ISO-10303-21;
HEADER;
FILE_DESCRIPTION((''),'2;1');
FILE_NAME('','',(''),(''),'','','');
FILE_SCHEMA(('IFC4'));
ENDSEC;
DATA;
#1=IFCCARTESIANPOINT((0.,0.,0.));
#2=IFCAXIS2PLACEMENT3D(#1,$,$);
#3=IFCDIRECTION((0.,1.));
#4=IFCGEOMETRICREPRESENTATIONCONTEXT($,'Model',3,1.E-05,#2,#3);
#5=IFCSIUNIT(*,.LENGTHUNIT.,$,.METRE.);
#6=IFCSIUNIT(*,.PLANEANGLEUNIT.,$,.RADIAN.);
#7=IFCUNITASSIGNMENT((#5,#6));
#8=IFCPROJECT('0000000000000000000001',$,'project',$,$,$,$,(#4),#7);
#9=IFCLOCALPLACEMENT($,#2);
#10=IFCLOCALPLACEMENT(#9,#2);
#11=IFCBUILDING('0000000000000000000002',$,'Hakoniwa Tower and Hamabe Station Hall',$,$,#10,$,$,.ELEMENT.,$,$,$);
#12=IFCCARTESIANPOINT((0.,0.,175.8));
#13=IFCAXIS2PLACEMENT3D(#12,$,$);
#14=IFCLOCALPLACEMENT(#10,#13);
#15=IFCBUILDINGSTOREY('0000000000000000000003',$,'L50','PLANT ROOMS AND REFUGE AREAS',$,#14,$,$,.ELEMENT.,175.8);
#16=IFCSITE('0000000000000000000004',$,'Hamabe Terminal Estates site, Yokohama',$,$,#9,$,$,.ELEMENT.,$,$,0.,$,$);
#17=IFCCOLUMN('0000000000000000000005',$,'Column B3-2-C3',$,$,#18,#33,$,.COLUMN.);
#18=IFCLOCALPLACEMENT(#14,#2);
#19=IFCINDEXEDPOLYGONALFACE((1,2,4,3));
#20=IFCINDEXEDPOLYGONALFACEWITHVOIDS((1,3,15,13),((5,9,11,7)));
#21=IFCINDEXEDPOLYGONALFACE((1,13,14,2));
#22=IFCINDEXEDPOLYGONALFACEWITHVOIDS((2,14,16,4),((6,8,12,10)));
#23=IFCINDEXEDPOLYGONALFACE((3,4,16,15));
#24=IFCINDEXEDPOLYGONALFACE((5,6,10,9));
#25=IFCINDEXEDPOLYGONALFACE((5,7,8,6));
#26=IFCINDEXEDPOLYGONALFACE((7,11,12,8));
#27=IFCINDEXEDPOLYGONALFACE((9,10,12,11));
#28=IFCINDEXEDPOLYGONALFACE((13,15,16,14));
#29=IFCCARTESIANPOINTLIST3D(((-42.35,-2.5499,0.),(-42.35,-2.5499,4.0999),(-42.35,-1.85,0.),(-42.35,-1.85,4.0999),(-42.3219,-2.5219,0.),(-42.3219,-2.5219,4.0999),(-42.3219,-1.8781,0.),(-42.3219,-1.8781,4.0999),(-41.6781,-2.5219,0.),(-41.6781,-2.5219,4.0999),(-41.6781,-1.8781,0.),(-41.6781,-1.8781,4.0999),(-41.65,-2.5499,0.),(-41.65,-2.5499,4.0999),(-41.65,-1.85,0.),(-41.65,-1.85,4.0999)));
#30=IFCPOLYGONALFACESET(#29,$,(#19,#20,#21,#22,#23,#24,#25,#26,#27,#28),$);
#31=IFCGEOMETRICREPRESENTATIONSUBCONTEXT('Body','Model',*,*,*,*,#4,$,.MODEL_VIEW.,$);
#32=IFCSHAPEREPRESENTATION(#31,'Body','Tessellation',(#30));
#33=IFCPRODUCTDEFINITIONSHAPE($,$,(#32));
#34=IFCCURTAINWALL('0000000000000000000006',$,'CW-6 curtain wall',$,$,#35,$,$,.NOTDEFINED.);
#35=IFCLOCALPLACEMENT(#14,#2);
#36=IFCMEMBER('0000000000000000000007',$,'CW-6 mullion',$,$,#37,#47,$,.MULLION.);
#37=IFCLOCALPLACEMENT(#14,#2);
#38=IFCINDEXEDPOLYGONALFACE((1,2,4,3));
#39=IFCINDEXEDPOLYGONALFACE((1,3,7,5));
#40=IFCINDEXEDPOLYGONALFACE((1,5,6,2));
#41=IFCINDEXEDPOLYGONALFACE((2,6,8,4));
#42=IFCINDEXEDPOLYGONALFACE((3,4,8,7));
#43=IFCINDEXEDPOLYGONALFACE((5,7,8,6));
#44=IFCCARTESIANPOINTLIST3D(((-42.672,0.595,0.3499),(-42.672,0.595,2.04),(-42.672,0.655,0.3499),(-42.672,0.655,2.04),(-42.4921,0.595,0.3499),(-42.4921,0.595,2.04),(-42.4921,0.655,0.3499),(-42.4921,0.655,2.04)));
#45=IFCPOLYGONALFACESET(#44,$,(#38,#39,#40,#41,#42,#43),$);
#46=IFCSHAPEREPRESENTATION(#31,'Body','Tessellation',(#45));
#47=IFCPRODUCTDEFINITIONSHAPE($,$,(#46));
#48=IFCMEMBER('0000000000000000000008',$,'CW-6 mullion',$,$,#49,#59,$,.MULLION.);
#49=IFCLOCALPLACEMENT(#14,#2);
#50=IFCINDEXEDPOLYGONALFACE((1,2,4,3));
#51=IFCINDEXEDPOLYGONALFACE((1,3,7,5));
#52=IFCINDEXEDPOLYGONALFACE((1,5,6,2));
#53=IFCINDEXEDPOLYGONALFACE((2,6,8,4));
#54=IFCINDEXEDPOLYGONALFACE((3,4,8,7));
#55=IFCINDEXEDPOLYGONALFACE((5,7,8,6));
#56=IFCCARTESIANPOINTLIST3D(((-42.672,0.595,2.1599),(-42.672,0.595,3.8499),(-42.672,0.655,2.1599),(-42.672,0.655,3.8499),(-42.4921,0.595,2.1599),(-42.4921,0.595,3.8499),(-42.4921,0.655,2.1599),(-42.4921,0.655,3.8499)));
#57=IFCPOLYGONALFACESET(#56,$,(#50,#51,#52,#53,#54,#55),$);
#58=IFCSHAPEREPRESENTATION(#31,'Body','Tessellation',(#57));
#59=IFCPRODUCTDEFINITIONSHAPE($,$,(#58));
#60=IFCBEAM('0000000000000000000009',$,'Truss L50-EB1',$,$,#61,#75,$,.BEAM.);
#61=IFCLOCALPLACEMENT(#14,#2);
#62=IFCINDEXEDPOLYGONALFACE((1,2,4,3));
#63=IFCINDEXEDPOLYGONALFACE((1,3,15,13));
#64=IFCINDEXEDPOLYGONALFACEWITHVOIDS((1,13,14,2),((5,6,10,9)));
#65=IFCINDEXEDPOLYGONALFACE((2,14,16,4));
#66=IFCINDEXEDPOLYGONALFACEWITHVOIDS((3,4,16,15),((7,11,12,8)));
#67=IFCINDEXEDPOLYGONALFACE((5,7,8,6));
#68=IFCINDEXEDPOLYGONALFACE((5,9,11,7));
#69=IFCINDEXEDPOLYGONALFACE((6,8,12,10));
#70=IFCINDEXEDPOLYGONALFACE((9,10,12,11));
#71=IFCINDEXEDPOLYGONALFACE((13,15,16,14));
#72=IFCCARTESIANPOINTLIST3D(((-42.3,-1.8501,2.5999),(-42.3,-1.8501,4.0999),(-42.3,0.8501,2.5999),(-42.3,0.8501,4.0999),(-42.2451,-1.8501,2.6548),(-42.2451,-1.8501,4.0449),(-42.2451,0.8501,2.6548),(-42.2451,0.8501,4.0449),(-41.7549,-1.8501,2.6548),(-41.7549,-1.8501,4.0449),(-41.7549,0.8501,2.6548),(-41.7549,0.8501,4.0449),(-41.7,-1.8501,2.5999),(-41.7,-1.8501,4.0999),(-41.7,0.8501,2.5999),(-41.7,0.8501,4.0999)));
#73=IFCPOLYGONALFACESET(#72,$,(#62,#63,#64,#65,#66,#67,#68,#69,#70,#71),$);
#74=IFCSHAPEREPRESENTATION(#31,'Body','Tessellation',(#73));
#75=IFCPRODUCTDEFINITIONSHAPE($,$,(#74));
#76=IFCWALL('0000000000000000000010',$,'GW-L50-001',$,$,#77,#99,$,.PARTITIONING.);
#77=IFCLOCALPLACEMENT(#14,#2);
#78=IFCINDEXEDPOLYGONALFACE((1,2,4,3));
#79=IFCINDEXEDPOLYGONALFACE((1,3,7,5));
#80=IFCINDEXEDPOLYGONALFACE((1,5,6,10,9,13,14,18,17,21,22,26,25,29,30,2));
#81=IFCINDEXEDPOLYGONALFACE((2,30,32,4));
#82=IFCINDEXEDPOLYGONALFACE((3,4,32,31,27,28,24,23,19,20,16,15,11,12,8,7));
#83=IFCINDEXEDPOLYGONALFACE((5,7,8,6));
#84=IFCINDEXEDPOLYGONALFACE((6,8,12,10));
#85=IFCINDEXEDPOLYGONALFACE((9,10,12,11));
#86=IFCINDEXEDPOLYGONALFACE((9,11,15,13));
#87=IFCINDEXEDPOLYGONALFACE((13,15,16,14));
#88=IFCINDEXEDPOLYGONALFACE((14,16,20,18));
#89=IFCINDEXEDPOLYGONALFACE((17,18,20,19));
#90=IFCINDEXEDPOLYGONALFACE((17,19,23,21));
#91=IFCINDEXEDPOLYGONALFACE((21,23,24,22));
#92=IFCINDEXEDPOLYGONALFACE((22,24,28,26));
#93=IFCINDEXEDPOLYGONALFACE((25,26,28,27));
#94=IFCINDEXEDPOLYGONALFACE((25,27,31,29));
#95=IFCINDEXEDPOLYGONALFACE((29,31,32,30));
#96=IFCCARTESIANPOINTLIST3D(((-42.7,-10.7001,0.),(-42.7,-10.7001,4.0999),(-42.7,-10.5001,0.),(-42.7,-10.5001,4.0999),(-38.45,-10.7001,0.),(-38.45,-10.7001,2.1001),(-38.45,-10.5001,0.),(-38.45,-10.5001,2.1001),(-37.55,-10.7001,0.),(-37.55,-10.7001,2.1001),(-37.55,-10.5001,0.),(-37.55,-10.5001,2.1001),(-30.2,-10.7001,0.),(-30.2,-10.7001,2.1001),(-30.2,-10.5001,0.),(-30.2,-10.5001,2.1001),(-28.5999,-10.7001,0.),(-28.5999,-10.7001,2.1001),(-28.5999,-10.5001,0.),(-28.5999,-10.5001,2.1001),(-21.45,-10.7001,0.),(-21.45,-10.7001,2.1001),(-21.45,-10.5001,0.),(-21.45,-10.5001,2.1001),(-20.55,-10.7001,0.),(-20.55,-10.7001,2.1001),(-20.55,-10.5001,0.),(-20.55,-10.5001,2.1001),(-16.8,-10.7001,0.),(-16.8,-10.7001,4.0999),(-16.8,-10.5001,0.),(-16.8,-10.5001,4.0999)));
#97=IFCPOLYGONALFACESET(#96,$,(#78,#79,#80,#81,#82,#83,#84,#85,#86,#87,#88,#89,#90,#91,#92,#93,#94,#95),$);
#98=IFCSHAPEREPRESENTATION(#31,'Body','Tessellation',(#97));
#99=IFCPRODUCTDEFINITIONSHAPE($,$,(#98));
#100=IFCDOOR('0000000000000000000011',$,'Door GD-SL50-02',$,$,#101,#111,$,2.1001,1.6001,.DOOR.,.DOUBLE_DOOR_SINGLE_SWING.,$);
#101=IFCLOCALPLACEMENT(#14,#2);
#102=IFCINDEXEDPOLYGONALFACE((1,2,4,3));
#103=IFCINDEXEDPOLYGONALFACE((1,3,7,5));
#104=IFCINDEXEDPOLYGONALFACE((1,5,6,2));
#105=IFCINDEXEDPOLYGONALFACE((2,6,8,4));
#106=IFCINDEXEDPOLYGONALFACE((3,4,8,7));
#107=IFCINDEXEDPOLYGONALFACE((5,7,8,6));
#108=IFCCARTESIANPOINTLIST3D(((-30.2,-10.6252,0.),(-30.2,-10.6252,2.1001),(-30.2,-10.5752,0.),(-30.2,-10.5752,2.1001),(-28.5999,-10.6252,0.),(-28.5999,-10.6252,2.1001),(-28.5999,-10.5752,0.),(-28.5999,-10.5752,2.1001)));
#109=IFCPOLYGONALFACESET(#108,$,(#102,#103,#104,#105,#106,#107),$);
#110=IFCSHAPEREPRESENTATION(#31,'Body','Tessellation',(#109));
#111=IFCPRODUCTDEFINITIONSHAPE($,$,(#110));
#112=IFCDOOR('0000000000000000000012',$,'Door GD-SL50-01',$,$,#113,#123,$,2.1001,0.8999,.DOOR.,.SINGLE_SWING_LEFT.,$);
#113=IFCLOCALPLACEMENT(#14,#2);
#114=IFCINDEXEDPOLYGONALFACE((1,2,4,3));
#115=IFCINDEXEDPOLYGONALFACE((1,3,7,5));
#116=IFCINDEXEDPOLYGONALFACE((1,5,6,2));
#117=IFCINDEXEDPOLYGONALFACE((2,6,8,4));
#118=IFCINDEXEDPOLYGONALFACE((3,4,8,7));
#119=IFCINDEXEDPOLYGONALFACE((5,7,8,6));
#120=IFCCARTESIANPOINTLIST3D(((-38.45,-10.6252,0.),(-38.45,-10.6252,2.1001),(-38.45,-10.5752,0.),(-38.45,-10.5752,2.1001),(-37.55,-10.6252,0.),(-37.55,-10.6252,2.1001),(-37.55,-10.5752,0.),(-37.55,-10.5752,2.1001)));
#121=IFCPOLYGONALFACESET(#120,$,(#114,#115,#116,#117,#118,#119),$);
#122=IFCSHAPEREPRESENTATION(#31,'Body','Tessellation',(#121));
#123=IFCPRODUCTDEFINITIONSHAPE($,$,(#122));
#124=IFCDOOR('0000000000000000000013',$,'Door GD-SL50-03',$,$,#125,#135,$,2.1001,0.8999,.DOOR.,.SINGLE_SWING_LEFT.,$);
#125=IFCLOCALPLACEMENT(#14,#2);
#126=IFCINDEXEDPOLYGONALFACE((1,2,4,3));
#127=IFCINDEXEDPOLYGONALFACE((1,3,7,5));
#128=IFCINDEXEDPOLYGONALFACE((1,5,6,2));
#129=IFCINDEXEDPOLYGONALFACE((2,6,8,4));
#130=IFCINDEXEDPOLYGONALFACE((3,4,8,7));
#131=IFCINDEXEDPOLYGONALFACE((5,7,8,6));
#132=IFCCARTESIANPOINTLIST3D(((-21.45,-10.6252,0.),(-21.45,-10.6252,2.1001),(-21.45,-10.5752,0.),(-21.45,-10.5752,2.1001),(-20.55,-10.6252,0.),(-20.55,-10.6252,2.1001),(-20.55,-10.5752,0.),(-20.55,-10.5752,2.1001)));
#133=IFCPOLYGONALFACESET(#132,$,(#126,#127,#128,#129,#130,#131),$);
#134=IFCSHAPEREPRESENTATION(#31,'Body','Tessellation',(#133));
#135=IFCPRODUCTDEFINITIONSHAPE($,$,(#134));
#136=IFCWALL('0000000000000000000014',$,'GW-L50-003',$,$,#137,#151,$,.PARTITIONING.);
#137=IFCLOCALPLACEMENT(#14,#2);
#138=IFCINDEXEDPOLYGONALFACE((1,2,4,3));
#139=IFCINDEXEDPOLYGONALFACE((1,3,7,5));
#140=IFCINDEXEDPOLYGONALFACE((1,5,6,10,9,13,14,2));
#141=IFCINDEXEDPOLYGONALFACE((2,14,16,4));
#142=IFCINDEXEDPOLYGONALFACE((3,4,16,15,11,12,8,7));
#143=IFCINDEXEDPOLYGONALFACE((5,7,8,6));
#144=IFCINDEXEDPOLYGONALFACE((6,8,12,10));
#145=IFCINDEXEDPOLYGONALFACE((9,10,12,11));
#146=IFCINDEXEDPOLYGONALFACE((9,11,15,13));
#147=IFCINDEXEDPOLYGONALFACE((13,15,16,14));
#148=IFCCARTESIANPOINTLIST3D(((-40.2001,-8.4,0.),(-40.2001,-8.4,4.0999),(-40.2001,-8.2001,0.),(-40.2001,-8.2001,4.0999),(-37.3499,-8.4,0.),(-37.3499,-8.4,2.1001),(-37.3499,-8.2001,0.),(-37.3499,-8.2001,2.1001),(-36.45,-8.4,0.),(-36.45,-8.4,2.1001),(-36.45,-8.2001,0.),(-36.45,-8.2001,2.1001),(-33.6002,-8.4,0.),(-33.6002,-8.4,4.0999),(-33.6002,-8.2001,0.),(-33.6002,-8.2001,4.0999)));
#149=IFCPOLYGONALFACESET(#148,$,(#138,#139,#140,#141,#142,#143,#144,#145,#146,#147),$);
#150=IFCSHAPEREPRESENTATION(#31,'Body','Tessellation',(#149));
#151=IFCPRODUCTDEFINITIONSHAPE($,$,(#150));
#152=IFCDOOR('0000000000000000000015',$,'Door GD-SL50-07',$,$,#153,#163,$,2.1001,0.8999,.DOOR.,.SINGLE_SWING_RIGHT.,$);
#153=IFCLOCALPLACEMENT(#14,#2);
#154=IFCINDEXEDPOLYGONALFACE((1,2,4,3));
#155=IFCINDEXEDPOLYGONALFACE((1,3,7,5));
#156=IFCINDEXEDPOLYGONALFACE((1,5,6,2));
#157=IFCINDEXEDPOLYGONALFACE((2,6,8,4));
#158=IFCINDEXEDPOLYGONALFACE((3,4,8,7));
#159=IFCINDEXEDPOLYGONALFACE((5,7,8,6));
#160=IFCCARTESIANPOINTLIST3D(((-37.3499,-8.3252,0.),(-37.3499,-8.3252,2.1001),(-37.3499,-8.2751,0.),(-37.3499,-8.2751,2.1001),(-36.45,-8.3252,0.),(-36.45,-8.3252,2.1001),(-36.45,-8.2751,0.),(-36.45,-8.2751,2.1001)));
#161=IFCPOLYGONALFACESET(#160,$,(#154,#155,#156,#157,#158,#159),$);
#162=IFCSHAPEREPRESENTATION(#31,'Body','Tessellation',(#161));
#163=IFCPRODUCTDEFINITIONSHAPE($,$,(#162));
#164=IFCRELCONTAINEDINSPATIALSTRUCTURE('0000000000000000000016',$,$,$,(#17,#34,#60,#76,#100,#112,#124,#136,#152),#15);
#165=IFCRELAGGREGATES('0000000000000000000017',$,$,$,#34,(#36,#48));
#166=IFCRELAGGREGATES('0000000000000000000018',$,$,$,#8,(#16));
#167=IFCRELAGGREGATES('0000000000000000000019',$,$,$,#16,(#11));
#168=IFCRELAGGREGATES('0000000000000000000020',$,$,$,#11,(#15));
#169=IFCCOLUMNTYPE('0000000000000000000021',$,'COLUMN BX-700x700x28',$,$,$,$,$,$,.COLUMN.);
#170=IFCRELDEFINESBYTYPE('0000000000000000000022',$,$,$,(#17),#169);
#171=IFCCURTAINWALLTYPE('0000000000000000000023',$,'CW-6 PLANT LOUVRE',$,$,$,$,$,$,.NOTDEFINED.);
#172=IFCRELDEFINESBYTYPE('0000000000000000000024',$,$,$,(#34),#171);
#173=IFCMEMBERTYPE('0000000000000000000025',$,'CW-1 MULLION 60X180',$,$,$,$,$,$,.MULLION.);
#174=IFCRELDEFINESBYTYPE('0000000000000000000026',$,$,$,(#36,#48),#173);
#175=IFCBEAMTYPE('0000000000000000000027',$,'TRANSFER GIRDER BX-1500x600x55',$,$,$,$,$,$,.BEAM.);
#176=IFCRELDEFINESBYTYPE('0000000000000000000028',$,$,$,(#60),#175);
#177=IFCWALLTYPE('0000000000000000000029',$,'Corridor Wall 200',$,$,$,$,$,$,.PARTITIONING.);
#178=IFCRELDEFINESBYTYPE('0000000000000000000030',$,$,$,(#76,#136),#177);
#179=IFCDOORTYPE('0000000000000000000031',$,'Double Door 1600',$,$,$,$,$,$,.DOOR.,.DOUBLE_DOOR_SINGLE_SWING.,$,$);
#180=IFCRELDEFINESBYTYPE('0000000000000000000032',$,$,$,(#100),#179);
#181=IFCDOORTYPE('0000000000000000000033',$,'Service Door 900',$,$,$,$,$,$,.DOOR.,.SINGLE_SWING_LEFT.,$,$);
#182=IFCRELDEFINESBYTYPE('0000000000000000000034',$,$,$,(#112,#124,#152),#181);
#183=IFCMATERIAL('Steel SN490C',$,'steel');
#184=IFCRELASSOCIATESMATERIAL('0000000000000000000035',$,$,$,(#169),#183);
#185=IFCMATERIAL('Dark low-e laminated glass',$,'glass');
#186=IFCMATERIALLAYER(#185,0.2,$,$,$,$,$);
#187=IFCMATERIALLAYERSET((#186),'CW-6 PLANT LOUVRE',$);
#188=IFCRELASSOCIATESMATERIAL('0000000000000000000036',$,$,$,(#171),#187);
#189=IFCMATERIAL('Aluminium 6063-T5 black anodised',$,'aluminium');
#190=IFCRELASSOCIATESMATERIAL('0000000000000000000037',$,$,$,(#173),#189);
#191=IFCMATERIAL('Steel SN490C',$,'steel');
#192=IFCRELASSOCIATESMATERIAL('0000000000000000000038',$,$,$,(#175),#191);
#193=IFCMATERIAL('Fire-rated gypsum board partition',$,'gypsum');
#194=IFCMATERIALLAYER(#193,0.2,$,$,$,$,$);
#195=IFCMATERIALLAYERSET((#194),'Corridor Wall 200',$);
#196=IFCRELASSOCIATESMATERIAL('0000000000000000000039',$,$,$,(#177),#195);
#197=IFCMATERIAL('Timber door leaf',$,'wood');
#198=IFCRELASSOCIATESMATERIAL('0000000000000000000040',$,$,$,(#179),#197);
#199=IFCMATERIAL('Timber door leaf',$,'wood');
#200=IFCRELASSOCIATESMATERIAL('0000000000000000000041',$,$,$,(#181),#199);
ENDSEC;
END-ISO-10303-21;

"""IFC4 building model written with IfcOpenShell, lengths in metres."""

from ifc_helpers import new_model, si_unit, direction, frame, frame_2d, origin, origin_2d, place, context, subcontext, project, spatial, rectangle, hollow_rectangle, extrude, material, layer, layer_set, material_profile, profile_set, type_object, element, fill, aggregate, save


model = new_model("IFC4")

# Units and contexts
model_context = context("Model", 3, precision=1e-05, world=origin(), true_north=direction((0.0, 1.0)))
body_context = subcontext(model_context, "Body", "Model", "MODEL_VIEW")
ifc_project = project(units=[si_unit("LENGTHUNIT", "METRE"), si_unit("PLANEANGLEUNIT", "RADIAN")], contexts=[model_context])

# Site, building, storey
site_placement = place(None, origin())
site = spatial("IfcSite", under=ifc_project, at=site_placement, Name="Hamabe Terminal Estates site, Yokohama", CompositionType="ELEMENT", RefElevation=0.0)
building_placement = place(site_placement, origin())
building = spatial("IfcBuilding", under=site, at=building_placement, Name="Hakoniwa Tower and Hamabe Station Hall", CompositionType="ELEMENT")
storey_placement = place(building_placement, frame((0.0, 0.0, 175.8)))
storey = spatial("IfcBuildingStorey", under=building, at=storey_placement, Name="L50", Description="PLANT ROOMS AND REFUGE AREAS", CompositionType="ELEMENT", Elevation=175.8)

# Column
ifc_material_1 = material(Name="Steel SN490C", Category="steel")
ifc_material_profile_1 = material_profile(ifc_material_1, hollow_rectangle(XDim=0.7, YDim=0.7, WallThickness=0.0281, at=origin_2d()), Name="BX-700x700x28")
ifc_profile_set_1 = profile_set([ifc_material_profile_1], Name="Steel SN490C")
column_type = type_object("IfcColumnType", Name="COLUMN BX-700x700x28", PredefinedType="COLUMN", material=ifc_profile_set_1)
column_placement = place(storey_placement, frame((-42.0, -2.2, 0.0), z_axis=(0.0, 0.0, 1.0), x_axis=(1.0, 0.0, 0.0)))
element("IfcColumn", 1, at=column_placement, inside=storey, type_object=column_type, Name="Column B3-2-C3", PredefinedType="COLUMN", context=body_context, shape_type="SweptSolid", body=[
    extrude(hollow_rectangle(XDim=0.7, YDim=0.7, WallThickness=0.0281, at=origin_2d()), origin(), (0.0, 0.0, 1.0), 4.0999),
])

# Curtain wall, members
ifc_material_2 = material(Name="Dark low-e laminated glass", Category="glass")
ifc_layer_1 = layer(ifc_material_2, 0.2)
ifc_layer_set_1 = layer_set([ifc_layer_1], Name="CW-6 PLANT LOUVRE")
curtain_wall_type = type_object("IfcCurtainWallType", Name="CW-6 PLANT LOUVRE", PredefinedType="NOTDEFINED", material=ifc_layer_set_1)
curtain_wall_placement = place(storey_placement, origin())
curtain_wall = element("IfcCurtainWall", 2, at=curtain_wall_placement, inside=storey, type_object=curtain_wall_type, Name="CW-6 curtain wall", PredefinedType="NOTDEFINED")
ifc_material_3 = material(Name="Aluminium 6063-T5 black anodised", Category="aluminium")
ifc_material_profile_2 = material_profile(ifc_material_3, rectangle(XDim=0.0601, YDim=0.1799, at=origin_2d()), Name="CW-1 MULLION 60X180")
ifc_profile_set_2 = profile_set([ifc_material_profile_2], Name="Aluminium 6063-T5 black anodised")
member_type = type_object("IfcMemberType", Name="CW-1 MULLION 60X180", PredefinedType="MULLION", material=ifc_profile_set_2)
member_1_placement = place(storey_placement, frame((-42.582, 0.625, 0.3499), z_axis=(0.0, 0.0, 1.0), x_axis=(0.0, -1.0, 0.0)))
member_1 = element("IfcMember", 3, at=member_1_placement, type_object=member_type, Name="CW-6 mullion", PredefinedType="MULLION", context=body_context, shape_type="SweptSolid", body=[
    extrude(rectangle(XDim=0.0601, YDim=0.1799, at=origin_2d()), origin(), (0.0, 0.0, 1.0), 1.6902),
])
member_2_placement = place(storey_placement, frame((-42.582, 0.625, 2.1599), z_axis=(0.0, 0.0, 1.0), x_axis=(0.0, -1.0, 0.0)))
member_2 = element("IfcMember", 4, at=member_2_placement, type_object=member_type, Name="CW-6 mullion", PredefinedType="MULLION", context=body_context, shape_type="SweptSolid", body=[
    extrude(rectangle(XDim=0.0601, YDim=0.1799, at=origin_2d()), origin(), (0.0, 0.0, 1.0), 1.6899),
])

# Beam
ifc_material_4 = material(Name="Steel SN490C", Category="steel")
ifc_material_profile_3 = material_profile(ifc_material_4, hollow_rectangle(XDim=0.6001, YDim=1.5, WallThickness=0.0549, at=origin_2d()), Name="BX-1500x600x55")
ifc_profile_set_3 = profile_set([ifc_material_profile_3], Name="Steel SN490C")
beam_type = type_object("IfcBeamType", Name="TRANSFER GIRDER BX-1500x600x55", PredefinedType="BEAM", material=ifc_profile_set_3)
beam_placement = place(storey_placement, frame((-42.0, -1.8501, 3.3499), z_axis=(0.0, 1.0, 0.0), x_axis=(-1.0, 0.0, 0.0)))
element("IfcBeam", 5, at=beam_placement, inside=storey, type_object=beam_type, Name="Truss L50-EB1", PredefinedType="BEAM", context=body_context, shape_type="SweptSolid", body=[
    extrude(hollow_rectangle(XDim=0.6001, YDim=1.5, WallThickness=0.0549, at=origin_2d()), origin(), (0.0, 0.0, 1.0), 2.7002),
])

# Wall, openings, doors
ifc_material_5 = material(Name="Fire-rated gypsum board partition", Category="gypsum")
ifc_layer_2 = layer(ifc_material_5, 0.2)
ifc_layer_set_2 = layer_set([ifc_layer_2], Name="Corridor Wall 200")
wall_type_1 = type_object("IfcWallType", Name="Corridor Wall 200", PredefinedType="PARTITIONING", material=ifc_layer_set_2)
wall_1_placement = place(storey_placement, frame((-42.7, -10.6001, 0.0), z_axis=(0.0, 0.0, 1.0), x_axis=(1.0, 0.0, 0.0)))
wall_1 = element("IfcWall", 6, at=wall_1_placement, inside=storey, type_object=wall_type_1, Name="GW-L50-001", PredefinedType="PARTITIONING", context=body_context, shape_type="SweptSolid", body=[
    extrude(rectangle(XDim=25.8999, YDim=0.2, at=frame_2d((12.95, 0.0))), origin(), (0.0, 0.0, 1.0), 4.0999),
])
opening_1_placement = place(wall_1_placement, frame((4.25, 0.0, 0.0)))
opening_1 = element("IfcOpeningElement", 7, at=opening_1_placement, cuts=wall_1, PredefinedType="OPENING", context=body_context, shape_type="SweptSolid", body=[
    extrude(rectangle(XDim=0.8999, YDim=2.1001, at=frame_2d((0.45, 1.05))), frame((0.0, 0.1099, 0.0), z_axis=(0.0, -1.0, 0.0), x_axis=(1.0, 0.0, 0.0)), (0.0, 0.0, 1.0), 0.22),
])
opening_2_placement = place(wall_1_placement, frame((12.5, 0.0, 0.0)))
opening_2 = element("IfcOpeningElement", 8, at=opening_2_placement, cuts=wall_1, PredefinedType="OPENING", context=body_context, shape_type="SweptSolid", body=[
    extrude(rectangle(XDim=1.6001, YDim=2.1001, at=frame_2d((0.8, 1.05))), frame((0.0, 0.1099, 0.0), z_axis=(0.0, -1.0, 0.0), x_axis=(1.0, 0.0, 0.0)), (0.0, 0.0, 1.0), 0.22),
])
opening_3_placement = place(wall_1_placement, frame((21.25, 0.0, 0.0)))
opening_3 = element("IfcOpeningElement", 9, at=opening_3_placement, cuts=wall_1, PredefinedType="OPENING", context=body_context, shape_type="SweptSolid", body=[
    extrude(rectangle(XDim=0.8999, YDim=2.1001, at=frame_2d((0.45, 1.05))), frame((0.0, 0.1099, 0.0), z_axis=(0.0, -1.0, 0.0), x_axis=(1.0, 0.0, 0.0)), (0.0, 0.0, 1.0), 0.22),
])
ifc_material_6 = material(Name="Timber door leaf", Category="wood")
door_type_1 = type_object("IfcDoorType", Name="Double Door 1600", OperationType="DOUBLE_DOOR_SINGLE_SWING", PredefinedType="DOOR", material=ifc_material_6)
door_1_placement = place(opening_2_placement, origin())
door_1 = element("IfcDoor", 10, at=door_1_placement, inside=storey, type_object=door_type_1, Name="Door GD-SL50-02", OperationType="DOUBLE_DOOR_SINGLE_SWING", OverallHeight=2.1001, OverallWidth=1.6001, PredefinedType="DOOR", context=body_context, shape_type="SweptSolid", body=[
    extrude(rectangle(XDim=1.6001, YDim=2.1001, at=frame_2d((0.8, 1.05))), frame((0.0, 0.0249, 0.0), z_axis=(0.0, -1.0, 0.0), x_axis=(1.0, 0.0, 0.0)), (0.0, 0.0, 1.0), 0.05),
])
fill(opening_2, door_1)
ifc_material_7 = material(Name="Timber door leaf", Category="wood")
door_type_2 = type_object("IfcDoorType", Name="Service Door 900", OperationType="SINGLE_SWING_LEFT", PredefinedType="DOOR", material=ifc_material_7)
door_2_placement = place(opening_1_placement, origin())
door_2 = element("IfcDoor", 11, at=door_2_placement, inside=storey, type_object=door_type_2, Name="Door GD-SL50-01", OperationType="SINGLE_SWING_LEFT", OverallHeight=2.1001, OverallWidth=0.8999, PredefinedType="DOOR", context=body_context, shape_type="SweptSolid", body=[
    extrude(rectangle(XDim=0.8999, YDim=2.1001, at=frame_2d((0.45, 1.05))), frame((0.0, 0.0249, 0.0), z_axis=(0.0, -1.0, 0.0), x_axis=(1.0, 0.0, 0.0)), (0.0, 0.0, 1.0), 0.05),
])
fill(opening_1, door_2)
door_3_placement = place(opening_3_placement, origin())
door_3 = element("IfcDoor", 12, at=door_3_placement, inside=storey, type_object=door_type_2, Name="Door GD-SL50-03", OperationType="SINGLE_SWING_LEFT", OverallHeight=2.1001, OverallWidth=0.8999, PredefinedType="DOOR", context=body_context, shape_type="SweptSolid", body=[
    extrude(rectangle(XDim=0.8999, YDim=2.1001, at=frame_2d((0.45, 1.05))), frame((0.0, 0.0249, 0.0), z_axis=(0.0, -1.0, 0.0), x_axis=(1.0, 0.0, 0.0)), (0.0, 0.0, 1.0), 0.05),
])
fill(opening_3, door_3)

# Wall, opening, door
wall_2_placement = place(storey_placement, frame((-40.2, -8.3, 0.0), z_axis=(0.0, 0.0, 1.0), x_axis=(1.0, 0.0, 0.0)))
wall_2 = element("IfcWall", 13, at=wall_2_placement, inside=storey, type_object=wall_type_1, Name="GW-L50-003", PredefinedType="PARTITIONING", context=body_context, shape_type="SweptSolid", body=[
    extrude(rectangle(XDim=6.5999, YDim=0.2, at=frame_2d((3.2998, 0.0))), origin(), (0.0, 0.0, 1.0), 4.0999),
])
opening_4_placement = place(wall_2_placement, frame((2.8501, 0.0, 0.0)))
opening_4 = element("IfcOpeningElement", 14, at=opening_4_placement, cuts=wall_2, PredefinedType="OPENING", context=body_context, shape_type="SweptSolid", body=[
    extrude(rectangle(XDim=0.8999, YDim=2.1001, at=frame_2d((0.45, 1.05))), frame((0.0, 0.1099, 0.0), z_axis=(0.0, -1.0, 0.0), x_axis=(1.0, 0.0, 0.0)), (0.0, 0.0, 1.0), 0.22),
])
door_4_placement = place(opening_4_placement, origin())
door_4 = element("IfcDoor", 15, at=door_4_placement, inside=storey, type_object=door_type_2, Name="Door GD-SL50-07", OperationType="SINGLE_SWING_RIGHT", OverallHeight=2.1001, OverallWidth=0.8999, PredefinedType="DOOR", context=body_context, shape_type="SweptSolid", body=[
    extrude(rectangle(XDim=0.8999, YDim=2.1001, at=frame_2d((0.45, 1.05))), frame((0.0, 0.0249, 0.0), z_axis=(0.0, -1.0, 0.0), x_axis=(1.0, 0.0, 0.0)), (0.0, 0.0, 1.0), 0.05),
])
fill(opening_4, door_4)

aggregate(curtain_wall, [member_1, member_2])

save(model, "model.ifc")
